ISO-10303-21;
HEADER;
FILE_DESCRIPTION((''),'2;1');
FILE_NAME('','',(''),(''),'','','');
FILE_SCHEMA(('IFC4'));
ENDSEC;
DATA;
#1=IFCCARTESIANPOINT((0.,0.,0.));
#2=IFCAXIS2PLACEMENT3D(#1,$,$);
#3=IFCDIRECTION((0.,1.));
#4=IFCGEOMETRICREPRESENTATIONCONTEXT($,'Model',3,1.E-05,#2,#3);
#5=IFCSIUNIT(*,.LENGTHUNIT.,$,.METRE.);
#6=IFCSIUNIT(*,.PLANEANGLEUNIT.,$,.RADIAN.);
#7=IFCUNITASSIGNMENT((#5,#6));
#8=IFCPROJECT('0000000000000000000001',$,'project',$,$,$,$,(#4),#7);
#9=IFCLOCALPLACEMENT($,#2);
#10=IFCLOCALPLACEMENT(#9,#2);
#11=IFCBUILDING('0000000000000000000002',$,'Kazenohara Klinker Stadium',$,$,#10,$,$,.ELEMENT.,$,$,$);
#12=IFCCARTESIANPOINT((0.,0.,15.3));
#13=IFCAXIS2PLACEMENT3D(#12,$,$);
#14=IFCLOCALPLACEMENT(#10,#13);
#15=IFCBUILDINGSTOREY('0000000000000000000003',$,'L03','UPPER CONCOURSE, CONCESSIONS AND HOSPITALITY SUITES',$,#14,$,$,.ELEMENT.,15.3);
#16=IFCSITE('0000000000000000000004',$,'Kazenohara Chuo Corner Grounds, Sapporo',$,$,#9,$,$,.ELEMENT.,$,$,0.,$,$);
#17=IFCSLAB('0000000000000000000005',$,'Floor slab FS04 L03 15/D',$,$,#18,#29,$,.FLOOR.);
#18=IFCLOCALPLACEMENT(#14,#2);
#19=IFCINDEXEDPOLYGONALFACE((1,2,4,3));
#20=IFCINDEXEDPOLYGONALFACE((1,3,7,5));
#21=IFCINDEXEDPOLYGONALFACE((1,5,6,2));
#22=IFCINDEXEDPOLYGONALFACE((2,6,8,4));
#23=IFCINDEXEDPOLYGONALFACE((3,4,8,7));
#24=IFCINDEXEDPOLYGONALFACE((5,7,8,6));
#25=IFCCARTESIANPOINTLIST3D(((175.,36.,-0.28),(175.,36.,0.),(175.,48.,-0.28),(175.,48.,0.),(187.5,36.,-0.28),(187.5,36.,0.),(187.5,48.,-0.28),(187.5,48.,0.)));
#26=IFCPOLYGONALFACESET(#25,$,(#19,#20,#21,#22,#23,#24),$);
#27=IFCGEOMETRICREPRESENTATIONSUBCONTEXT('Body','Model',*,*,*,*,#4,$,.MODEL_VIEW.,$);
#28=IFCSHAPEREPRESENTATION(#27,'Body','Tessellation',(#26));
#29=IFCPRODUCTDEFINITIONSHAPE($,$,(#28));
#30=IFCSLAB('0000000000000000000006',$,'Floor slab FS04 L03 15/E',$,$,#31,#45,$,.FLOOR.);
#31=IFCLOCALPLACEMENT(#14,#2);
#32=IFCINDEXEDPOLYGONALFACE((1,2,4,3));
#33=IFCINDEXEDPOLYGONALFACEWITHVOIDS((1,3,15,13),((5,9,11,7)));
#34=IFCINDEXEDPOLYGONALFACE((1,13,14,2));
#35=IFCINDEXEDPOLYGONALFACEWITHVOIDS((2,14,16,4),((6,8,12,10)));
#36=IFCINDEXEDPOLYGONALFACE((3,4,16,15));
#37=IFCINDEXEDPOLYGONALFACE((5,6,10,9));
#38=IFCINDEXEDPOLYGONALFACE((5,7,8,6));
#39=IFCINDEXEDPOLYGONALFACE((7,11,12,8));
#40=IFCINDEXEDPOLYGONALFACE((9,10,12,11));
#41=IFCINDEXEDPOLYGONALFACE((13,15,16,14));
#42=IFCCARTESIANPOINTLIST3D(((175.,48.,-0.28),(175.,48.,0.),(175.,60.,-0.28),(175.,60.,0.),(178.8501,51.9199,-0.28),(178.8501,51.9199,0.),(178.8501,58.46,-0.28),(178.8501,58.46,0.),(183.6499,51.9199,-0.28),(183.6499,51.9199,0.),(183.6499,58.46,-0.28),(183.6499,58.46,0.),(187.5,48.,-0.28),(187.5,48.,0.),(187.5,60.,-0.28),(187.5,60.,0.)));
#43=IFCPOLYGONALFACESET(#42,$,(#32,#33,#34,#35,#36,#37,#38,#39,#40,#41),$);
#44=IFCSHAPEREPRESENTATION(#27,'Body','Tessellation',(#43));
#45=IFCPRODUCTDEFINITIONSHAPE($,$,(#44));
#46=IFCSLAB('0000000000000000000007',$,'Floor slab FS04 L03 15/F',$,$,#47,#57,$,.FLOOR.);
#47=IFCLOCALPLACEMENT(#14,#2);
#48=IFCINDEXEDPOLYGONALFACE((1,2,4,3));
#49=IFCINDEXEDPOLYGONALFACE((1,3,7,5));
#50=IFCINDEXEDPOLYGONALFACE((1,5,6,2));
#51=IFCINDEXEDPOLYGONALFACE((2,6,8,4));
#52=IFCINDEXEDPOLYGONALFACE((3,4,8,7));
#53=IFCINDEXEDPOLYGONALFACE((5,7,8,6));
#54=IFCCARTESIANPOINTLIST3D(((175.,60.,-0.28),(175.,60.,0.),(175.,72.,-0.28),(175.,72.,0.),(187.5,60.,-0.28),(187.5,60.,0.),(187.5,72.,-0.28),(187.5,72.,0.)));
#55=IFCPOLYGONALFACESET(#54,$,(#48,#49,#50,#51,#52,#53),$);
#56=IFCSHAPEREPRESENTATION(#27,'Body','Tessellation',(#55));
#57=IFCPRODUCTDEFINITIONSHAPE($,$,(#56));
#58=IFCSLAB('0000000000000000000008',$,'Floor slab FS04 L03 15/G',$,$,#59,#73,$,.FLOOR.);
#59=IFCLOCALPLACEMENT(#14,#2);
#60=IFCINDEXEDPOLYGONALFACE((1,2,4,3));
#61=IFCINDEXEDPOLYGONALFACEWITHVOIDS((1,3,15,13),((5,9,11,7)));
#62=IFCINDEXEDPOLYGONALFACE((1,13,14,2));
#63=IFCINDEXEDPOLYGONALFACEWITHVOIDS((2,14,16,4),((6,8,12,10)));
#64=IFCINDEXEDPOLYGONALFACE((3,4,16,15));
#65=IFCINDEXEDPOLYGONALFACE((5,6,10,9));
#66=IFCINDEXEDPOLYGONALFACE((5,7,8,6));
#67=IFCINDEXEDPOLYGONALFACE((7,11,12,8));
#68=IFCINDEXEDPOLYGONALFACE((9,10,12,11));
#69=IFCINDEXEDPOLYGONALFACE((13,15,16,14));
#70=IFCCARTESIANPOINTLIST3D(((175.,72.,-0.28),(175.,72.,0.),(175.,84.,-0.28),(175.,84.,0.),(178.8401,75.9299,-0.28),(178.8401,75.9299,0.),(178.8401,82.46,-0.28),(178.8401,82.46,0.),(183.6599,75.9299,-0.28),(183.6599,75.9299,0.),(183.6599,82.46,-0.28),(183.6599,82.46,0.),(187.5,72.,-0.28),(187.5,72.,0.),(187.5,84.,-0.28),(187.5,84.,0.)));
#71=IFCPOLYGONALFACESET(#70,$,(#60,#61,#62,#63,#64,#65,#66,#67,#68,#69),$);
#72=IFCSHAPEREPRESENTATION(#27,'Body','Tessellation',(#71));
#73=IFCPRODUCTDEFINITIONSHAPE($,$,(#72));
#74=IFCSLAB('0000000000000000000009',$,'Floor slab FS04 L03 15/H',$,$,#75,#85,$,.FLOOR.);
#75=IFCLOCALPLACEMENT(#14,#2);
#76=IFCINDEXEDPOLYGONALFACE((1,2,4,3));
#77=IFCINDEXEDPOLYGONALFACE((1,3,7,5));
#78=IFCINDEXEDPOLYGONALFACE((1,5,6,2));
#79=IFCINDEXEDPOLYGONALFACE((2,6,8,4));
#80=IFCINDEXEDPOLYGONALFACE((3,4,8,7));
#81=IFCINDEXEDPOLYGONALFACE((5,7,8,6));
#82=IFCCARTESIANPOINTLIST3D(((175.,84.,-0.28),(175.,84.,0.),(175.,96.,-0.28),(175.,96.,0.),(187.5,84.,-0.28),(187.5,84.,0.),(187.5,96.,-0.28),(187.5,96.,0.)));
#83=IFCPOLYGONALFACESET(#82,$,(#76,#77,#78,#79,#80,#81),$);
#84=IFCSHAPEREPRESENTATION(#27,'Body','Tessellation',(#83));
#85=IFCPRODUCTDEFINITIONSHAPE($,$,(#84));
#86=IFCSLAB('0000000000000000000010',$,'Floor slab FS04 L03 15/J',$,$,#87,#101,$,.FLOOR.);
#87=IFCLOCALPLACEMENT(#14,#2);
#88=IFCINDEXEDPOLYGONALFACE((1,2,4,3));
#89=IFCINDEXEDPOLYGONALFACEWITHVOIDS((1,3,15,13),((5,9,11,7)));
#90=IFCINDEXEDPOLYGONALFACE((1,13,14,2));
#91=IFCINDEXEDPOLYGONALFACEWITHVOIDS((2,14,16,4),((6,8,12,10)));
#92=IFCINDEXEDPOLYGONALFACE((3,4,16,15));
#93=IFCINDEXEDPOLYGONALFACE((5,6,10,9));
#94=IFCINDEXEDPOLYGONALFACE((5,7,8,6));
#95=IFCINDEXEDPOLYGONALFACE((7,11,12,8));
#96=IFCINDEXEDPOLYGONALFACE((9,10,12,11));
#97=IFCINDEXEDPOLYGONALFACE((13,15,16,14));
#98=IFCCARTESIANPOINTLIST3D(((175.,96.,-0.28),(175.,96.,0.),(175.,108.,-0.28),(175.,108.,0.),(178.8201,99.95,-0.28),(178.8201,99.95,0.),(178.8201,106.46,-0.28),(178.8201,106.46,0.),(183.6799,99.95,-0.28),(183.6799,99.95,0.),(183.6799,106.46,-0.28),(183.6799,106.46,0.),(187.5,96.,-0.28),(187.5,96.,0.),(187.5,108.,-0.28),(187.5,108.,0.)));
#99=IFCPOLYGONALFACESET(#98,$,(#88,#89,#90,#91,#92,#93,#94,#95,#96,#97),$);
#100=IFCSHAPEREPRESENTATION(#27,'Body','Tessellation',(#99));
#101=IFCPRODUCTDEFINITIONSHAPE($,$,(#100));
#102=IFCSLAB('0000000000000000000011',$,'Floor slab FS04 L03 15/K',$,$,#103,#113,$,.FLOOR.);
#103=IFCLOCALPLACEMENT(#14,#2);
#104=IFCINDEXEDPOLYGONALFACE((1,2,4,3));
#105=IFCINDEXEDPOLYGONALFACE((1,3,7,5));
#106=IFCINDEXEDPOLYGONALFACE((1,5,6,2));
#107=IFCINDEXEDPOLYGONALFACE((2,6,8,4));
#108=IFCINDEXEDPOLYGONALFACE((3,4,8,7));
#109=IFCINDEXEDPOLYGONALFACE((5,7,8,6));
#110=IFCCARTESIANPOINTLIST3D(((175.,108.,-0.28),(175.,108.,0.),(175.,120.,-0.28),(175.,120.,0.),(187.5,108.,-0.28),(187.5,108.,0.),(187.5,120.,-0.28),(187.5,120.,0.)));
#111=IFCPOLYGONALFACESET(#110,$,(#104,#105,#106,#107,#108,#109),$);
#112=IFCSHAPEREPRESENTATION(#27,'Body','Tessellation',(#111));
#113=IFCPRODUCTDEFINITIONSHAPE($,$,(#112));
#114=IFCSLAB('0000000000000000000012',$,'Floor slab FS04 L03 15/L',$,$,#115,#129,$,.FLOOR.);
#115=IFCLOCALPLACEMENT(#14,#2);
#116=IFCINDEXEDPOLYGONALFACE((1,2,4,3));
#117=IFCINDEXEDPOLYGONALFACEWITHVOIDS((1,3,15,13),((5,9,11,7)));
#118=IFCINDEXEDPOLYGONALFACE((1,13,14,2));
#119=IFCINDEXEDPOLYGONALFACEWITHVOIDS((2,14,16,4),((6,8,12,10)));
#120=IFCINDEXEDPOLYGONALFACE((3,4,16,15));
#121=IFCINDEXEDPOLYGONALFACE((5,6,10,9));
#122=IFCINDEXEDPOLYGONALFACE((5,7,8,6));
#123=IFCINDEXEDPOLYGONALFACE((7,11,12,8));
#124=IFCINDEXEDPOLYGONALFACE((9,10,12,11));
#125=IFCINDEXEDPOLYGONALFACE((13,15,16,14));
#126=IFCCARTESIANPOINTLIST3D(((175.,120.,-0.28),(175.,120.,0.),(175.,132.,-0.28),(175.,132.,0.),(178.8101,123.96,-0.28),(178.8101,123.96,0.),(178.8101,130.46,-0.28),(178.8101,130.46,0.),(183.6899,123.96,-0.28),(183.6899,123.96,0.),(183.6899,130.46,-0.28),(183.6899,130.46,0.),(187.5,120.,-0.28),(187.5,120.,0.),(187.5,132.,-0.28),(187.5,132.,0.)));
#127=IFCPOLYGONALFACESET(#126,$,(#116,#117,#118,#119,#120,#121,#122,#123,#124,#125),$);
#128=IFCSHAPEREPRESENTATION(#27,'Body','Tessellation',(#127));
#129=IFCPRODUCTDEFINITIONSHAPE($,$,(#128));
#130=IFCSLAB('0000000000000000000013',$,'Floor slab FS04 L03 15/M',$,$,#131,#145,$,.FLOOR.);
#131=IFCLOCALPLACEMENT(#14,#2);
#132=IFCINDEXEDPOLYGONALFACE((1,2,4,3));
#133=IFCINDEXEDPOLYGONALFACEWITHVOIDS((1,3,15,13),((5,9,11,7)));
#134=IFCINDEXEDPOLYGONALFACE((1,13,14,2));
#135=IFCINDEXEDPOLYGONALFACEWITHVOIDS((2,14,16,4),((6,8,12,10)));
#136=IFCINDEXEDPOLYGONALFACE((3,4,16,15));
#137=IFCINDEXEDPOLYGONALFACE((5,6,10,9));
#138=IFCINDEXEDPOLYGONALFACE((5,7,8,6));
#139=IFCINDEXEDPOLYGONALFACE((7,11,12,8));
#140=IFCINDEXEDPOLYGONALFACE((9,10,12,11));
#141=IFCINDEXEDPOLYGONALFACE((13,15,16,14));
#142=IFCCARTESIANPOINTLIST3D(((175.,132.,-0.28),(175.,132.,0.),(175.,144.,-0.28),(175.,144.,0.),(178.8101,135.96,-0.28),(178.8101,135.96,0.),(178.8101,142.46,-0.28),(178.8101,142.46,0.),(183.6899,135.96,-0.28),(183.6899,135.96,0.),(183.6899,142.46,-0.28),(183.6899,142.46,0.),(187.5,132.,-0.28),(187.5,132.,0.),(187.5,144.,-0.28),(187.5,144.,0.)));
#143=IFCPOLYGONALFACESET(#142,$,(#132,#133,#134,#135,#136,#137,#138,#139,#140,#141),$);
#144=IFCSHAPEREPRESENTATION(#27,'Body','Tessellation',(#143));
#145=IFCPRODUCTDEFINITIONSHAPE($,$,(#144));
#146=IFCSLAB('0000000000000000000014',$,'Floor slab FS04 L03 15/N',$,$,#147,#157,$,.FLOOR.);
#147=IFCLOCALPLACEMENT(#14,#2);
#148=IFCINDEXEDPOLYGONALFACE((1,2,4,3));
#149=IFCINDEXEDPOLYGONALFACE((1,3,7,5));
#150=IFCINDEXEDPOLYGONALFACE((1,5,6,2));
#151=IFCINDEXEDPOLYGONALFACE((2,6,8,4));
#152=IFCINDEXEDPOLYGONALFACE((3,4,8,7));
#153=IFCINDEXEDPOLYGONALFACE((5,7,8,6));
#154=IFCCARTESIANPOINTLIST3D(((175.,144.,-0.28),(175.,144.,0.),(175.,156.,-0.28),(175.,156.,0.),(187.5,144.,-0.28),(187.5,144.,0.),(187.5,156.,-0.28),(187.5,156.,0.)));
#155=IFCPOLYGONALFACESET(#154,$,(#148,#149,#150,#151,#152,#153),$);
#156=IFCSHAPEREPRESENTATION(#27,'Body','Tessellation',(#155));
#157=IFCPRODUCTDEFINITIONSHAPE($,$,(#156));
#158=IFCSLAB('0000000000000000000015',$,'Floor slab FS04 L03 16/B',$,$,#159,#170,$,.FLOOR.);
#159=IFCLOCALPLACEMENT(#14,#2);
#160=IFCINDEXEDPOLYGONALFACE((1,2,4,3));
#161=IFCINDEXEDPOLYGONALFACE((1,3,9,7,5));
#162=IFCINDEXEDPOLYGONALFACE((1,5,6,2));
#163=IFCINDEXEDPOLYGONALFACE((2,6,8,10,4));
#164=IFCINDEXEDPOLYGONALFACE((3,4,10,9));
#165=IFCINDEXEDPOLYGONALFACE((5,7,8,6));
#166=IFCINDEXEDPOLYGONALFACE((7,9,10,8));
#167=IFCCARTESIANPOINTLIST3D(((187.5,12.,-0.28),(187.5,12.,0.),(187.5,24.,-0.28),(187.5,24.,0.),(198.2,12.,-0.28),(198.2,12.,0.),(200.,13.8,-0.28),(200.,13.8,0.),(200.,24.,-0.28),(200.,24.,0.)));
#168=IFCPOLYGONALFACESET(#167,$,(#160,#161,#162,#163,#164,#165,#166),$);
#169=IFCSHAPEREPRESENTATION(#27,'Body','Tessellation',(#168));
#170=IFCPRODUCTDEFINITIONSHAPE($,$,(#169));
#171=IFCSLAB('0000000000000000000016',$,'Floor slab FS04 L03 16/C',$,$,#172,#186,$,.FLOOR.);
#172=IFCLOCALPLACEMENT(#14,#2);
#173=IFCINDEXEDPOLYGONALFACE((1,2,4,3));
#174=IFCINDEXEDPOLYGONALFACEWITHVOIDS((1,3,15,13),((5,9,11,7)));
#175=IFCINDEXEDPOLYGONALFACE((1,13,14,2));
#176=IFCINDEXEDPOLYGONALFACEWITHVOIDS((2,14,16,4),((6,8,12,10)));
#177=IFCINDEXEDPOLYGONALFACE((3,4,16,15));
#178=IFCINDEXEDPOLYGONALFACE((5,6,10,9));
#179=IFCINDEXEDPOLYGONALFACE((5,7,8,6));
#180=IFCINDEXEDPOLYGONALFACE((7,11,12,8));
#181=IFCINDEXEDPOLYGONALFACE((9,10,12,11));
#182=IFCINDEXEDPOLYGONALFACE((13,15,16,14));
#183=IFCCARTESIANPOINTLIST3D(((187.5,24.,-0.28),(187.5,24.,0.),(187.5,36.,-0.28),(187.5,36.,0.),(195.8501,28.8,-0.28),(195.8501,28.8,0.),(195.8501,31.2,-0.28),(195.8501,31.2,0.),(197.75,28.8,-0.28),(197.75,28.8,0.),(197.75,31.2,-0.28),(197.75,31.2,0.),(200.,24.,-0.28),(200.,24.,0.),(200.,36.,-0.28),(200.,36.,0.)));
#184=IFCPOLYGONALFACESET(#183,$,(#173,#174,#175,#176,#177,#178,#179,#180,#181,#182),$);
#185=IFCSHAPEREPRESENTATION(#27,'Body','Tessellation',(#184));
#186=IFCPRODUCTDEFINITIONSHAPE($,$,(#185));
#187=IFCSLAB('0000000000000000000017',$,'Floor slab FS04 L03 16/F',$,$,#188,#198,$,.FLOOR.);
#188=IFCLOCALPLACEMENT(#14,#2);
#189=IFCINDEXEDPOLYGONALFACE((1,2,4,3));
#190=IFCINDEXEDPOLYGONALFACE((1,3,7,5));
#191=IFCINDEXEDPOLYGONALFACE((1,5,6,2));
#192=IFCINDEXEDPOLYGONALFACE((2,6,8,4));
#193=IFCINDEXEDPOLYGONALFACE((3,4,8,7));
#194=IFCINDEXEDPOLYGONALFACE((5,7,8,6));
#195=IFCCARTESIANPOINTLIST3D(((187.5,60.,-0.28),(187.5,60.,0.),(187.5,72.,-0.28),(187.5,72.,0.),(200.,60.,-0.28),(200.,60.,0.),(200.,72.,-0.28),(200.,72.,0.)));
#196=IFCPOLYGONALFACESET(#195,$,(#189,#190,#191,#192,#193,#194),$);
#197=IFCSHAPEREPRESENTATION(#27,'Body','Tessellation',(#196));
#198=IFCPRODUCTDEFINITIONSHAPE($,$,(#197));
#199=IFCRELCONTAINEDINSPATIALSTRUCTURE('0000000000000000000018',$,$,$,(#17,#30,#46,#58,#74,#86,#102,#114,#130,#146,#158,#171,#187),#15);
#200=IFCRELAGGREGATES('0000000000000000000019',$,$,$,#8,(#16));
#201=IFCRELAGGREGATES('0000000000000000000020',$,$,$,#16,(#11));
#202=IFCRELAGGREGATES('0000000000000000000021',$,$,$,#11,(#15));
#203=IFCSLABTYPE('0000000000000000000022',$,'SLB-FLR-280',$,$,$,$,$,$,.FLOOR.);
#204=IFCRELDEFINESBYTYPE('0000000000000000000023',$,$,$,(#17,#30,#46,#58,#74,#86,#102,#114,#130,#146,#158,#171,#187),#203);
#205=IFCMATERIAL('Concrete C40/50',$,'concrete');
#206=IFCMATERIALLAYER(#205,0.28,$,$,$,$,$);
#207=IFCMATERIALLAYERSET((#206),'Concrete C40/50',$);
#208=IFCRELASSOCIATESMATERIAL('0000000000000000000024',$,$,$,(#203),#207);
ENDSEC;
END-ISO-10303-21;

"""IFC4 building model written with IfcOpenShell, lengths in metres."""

from ifc_helpers import new_model, si_unit, direction, frame, origin, place, context, subcontext, project, spatial, polyline, outline, extrude, material, layer, layer_set, type_object, element, save


model = new_model("IFC4")

# Units and contexts
model_context = context("Model", 3, precision=1e-05, world=origin(), true_north=direction((0.0, 1.0)))
body_context = subcontext(model_context, "Body", "Model", "MODEL_VIEW")
ifc_project = project(units=[si_unit("LENGTHUNIT", "METRE"), si_unit("PLANEANGLEUNIT", "RADIAN")], contexts=[model_context])

# Site, building, storey
site_placement = place(None, origin())
site = spatial("IfcSite", under=ifc_project, at=site_placement, Name="Kazenohara Chuo Corner Grounds, Sapporo", CompositionType="ELEMENT", RefElevation=0.0)
building_placement = place(site_placement, origin())
building = spatial("IfcBuilding", under=site, at=building_placement, Name="Kazenohara Klinker Stadium", CompositionType="ELEMENT")
storey_placement = place(building_placement, frame((0.0, 0.0, 15.3)))
storey = spatial("IfcBuildingStorey", under=building, at=storey_placement, Name="L03", Description="UPPER CONCOURSE, CONCESSIONS AND HOSPITALITY SUITES", CompositionType="ELEMENT", Elevation=15.3)

# Slabs
ifc_material_1 = material(Name="Concrete C40/50", Category="concrete")
ifc_layer_1 = layer(ifc_material_1, 0.28)
ifc_layer_set_1 = layer_set([ifc_layer_1], Name="Concrete C40/50")
slab_type_1 = type_object("IfcSlabType", Name="SLB-FLR-280", PredefinedType="FLOOR", material=ifc_layer_set_1)
slab_1_placement = place(storey_placement, frame((0.0, 0.0, -0.28)))
element("IfcSlab", 1, at=slab_1_placement, inside=storey, type_object=slab_type_1, Name="Floor slab FS04 L03 15/D", PredefinedType="FLOOR", context=body_context, shape_type="SweptSolid", body=[
    extrude(outline(polyline([(175.0, 36.0), (187.5, 36.0), (187.5, 48.0), (175.0, 48.0), (175.0, 36.0)])), origin(), (0.0, 0.0, 1.0), 0.28),
])
slab_2_placement = place(storey_placement, frame((0.0, 0.0, -0.28)))
element("IfcSlab", 2, at=slab_2_placement, inside=storey, type_object=slab_type_1, Name="Floor slab FS04 L03 15/E", PredefinedType="FLOOR", context=body_context, shape_type="SweptSolid", body=[
    extrude(outline(polyline([(175.0, 48.0), (187.5, 48.0), (187.5, 60.0), (175.0, 60.0), (175.0, 48.0)]), holes=[polyline([(183.6499, 51.9199), (183.6499, 58.46), (178.8501, 58.46), (178.8501, 51.9199), (183.6499, 51.9199)])]), origin(), (0.0, 0.0, 1.0), 0.28),
])
slab_3_placement = place(storey_placement, frame((0.0, 0.0, -0.28)))
element("IfcSlab", 3, at=slab_3_placement, inside=storey, type_object=slab_type_1, Name="Floor slab FS04 L03 15/F", PredefinedType="FLOOR", context=body_context, shape_type="SweptSolid", body=[
    extrude(outline(polyline([(175.0, 60.0), (187.5, 60.0), (187.5, 72.0), (175.0, 72.0), (175.0, 60.0)])), origin(), (0.0, 0.0, 1.0), 0.28),
])
slab_4_placement = place(storey_placement, frame((0.0, 0.0, -0.28)))
element("IfcSlab", 4, at=slab_4_placement, inside=storey, type_object=slab_type_1, Name="Floor slab FS04 L03 15/G", PredefinedType="FLOOR", context=body_context, shape_type="SweptSolid", body=[
    extrude(outline(polyline([(175.0, 72.0), (187.5, 72.0), (187.5, 84.0), (175.0, 84.0), (175.0, 72.0)]), holes=[polyline([(183.6599, 75.9299), (183.6599, 82.46), (178.8401, 82.46), (178.8401, 75.9299), (183.6599, 75.9299)])]), origin(), (0.0, 0.0, 1.0), 0.28),
])
slab_5_placement = place(storey_placement, frame((0.0, 0.0, -0.28)))
element("IfcSlab", 5, at=slab_5_placement, inside=storey, type_object=slab_type_1, Name="Floor slab FS04 L03 15/H", PredefinedType="FLOOR", context=body_context, shape_type="SweptSolid", body=[
    extrude(outline(polyline([(175.0, 84.0), (187.5, 84.0), (187.5, 96.0), (175.0, 96.0), (175.0, 84.0)])), origin(), (0.0, 0.0, 1.0), 0.28),
])
slab_6_placement = place(storey_placement, frame((0.0, 0.0, -0.28)))
element("IfcSlab", 6, at=slab_6_placement, inside=storey, type_object=slab_type_1, Name="Floor slab FS04 L03 15/J", PredefinedType="FLOOR", context=body_context, shape_type="SweptSolid", body=[
    extrude(outline(polyline([(175.0, 96.0), (187.5, 96.0), (187.5, 108.0), (175.0, 108.0), (175.0, 96.0)]), holes=[polyline([(183.6799, 99.95), (183.6799, 106.46), (178.8201, 106.46), (178.8201, 99.95), (183.6799, 99.95)])]), origin(), (0.0, 0.0, 1.0), 0.28),
])
slab_7_placement = place(storey_placement, frame((0.0, 0.0, -0.28)))
element("IfcSlab", 7, at=slab_7_placement, inside=storey, type_object=slab_type_1, Name="Floor slab FS04 L03 15/K", PredefinedType="FLOOR", context=body_context, shape_type="SweptSolid", body=[
    extrude(outline(polyline([(175.0, 108.0), (187.5, 108.0), (187.5, 120.0), (175.0, 120.0), (175.0, 108.0)])), origin(), (0.0, 0.0, 1.0), 0.28),
])
slab_8_placement = place(storey_placement, frame((0.0, 0.0, -0.28)))
element("IfcSlab", 8, at=slab_8_placement, inside=storey, type_object=slab_type_1, Name="Floor slab FS04 L03 15/L", PredefinedType="FLOOR", context=body_context, shape_type="SweptSolid", body=[
    extrude(outline(polyline([(175.0, 120.0), (187.5, 120.0), (187.5, 132.0), (175.0, 132.0), (175.0, 120.0)]), holes=[polyline([(183.6899, 123.96), (183.6899, 130.46), (178.8101, 130.46), (178.8101, 123.96), (183.6899, 123.96)])]), origin(), (0.0, 0.0, 1.0), 0.28),
])
slab_9_placement = place(storey_placement, frame((0.0, 0.0, -0.28)))
element("IfcSlab", 9, at=slab_9_placement, inside=storey, type_object=slab_type_1, Name="Floor slab FS04 L03 15/M", PredefinedType="FLOOR", context=body_context, shape_type="SweptSolid", body=[
    extrude(outline(polyline([(175.0, 132.0), (187.5, 132.0), (187.5, 144.0), (175.0, 144.0), (175.0, 132.0)]), holes=[polyline([(183.6899, 135.96), (183.6899, 142.46), (178.8101, 142.46), (178.8101, 135.96), (183.6899, 135.96)])]), origin(), (0.0, 0.0, 1.0), 0.28),
])
slab_10_placement = place(storey_placement, frame((0.0, 0.0, -0.28)))
element("IfcSlab", 10, at=slab_10_placement, inside=storey, type_object=slab_type_1, Name="Floor slab FS04 L03 15/N", PredefinedType="FLOOR", context=body_context, shape_type="SweptSolid", body=[
    extrude(outline(polyline([(175.0, 144.0), (187.5, 144.0), (187.5, 156.0), (175.0, 156.0), (175.0, 144.0)])), origin(), (0.0, 0.0, 1.0), 0.28),
])
slab_11_placement = place(storey_placement, frame((0.0, 0.0, -0.28)))
element("IfcSlab", 11, at=slab_11_placement, inside=storey, type_object=slab_type_1, Name="Floor slab FS04 L03 16/B", PredefinedType="FLOOR", context=body_context, shape_type="SweptSolid", body=[
    extrude(outline(polyline([(187.5, 12.0), (198.2, 12.0), (200.0, 13.8), (200.0, 24.0), (187.5, 24.0), (187.5, 12.0)])), origin(), (0.0, 0.0, 1.0), 0.28),
])
slab_12_placement = place(storey_placement, frame((0.0, 0.0, -0.28)))
element("IfcSlab", 12, at=slab_12_placement, inside=storey, type_object=slab_type_1, Name="Floor slab FS04 L03 16/C", PredefinedType="FLOOR", context=body_context, shape_type="SweptSolid", body=[
    extrude(outline(polyline([(187.5, 24.0), (200.0, 24.0), (200.0, 36.0), (187.5, 36.0), (187.5, 24.0)]), holes=[polyline([(195.8501, 28.8), (197.75, 28.8), (197.75, 31.2), (195.8501, 31.2), (195.8501, 28.8)])]), origin(), (0.0, 0.0, 1.0), 0.28),
])
slab_13_placement = place(storey_placement, frame((0.0, 0.0, -0.28)))
element("IfcSlab", 13, at=slab_13_placement, inside=storey, type_object=slab_type_1, Name="Floor slab FS04 L03 16/F", PredefinedType="FLOOR", context=body_context, shape_type="SweptSolid", body=[
    extrude(outline(polyline([(187.5, 60.0), (200.0, 60.0), (200.0, 72.0), (187.5, 72.0), (187.5, 60.0)])), origin(), (0.0, 0.0, 1.0), 0.28),
])

save(model, "model.ifc")
